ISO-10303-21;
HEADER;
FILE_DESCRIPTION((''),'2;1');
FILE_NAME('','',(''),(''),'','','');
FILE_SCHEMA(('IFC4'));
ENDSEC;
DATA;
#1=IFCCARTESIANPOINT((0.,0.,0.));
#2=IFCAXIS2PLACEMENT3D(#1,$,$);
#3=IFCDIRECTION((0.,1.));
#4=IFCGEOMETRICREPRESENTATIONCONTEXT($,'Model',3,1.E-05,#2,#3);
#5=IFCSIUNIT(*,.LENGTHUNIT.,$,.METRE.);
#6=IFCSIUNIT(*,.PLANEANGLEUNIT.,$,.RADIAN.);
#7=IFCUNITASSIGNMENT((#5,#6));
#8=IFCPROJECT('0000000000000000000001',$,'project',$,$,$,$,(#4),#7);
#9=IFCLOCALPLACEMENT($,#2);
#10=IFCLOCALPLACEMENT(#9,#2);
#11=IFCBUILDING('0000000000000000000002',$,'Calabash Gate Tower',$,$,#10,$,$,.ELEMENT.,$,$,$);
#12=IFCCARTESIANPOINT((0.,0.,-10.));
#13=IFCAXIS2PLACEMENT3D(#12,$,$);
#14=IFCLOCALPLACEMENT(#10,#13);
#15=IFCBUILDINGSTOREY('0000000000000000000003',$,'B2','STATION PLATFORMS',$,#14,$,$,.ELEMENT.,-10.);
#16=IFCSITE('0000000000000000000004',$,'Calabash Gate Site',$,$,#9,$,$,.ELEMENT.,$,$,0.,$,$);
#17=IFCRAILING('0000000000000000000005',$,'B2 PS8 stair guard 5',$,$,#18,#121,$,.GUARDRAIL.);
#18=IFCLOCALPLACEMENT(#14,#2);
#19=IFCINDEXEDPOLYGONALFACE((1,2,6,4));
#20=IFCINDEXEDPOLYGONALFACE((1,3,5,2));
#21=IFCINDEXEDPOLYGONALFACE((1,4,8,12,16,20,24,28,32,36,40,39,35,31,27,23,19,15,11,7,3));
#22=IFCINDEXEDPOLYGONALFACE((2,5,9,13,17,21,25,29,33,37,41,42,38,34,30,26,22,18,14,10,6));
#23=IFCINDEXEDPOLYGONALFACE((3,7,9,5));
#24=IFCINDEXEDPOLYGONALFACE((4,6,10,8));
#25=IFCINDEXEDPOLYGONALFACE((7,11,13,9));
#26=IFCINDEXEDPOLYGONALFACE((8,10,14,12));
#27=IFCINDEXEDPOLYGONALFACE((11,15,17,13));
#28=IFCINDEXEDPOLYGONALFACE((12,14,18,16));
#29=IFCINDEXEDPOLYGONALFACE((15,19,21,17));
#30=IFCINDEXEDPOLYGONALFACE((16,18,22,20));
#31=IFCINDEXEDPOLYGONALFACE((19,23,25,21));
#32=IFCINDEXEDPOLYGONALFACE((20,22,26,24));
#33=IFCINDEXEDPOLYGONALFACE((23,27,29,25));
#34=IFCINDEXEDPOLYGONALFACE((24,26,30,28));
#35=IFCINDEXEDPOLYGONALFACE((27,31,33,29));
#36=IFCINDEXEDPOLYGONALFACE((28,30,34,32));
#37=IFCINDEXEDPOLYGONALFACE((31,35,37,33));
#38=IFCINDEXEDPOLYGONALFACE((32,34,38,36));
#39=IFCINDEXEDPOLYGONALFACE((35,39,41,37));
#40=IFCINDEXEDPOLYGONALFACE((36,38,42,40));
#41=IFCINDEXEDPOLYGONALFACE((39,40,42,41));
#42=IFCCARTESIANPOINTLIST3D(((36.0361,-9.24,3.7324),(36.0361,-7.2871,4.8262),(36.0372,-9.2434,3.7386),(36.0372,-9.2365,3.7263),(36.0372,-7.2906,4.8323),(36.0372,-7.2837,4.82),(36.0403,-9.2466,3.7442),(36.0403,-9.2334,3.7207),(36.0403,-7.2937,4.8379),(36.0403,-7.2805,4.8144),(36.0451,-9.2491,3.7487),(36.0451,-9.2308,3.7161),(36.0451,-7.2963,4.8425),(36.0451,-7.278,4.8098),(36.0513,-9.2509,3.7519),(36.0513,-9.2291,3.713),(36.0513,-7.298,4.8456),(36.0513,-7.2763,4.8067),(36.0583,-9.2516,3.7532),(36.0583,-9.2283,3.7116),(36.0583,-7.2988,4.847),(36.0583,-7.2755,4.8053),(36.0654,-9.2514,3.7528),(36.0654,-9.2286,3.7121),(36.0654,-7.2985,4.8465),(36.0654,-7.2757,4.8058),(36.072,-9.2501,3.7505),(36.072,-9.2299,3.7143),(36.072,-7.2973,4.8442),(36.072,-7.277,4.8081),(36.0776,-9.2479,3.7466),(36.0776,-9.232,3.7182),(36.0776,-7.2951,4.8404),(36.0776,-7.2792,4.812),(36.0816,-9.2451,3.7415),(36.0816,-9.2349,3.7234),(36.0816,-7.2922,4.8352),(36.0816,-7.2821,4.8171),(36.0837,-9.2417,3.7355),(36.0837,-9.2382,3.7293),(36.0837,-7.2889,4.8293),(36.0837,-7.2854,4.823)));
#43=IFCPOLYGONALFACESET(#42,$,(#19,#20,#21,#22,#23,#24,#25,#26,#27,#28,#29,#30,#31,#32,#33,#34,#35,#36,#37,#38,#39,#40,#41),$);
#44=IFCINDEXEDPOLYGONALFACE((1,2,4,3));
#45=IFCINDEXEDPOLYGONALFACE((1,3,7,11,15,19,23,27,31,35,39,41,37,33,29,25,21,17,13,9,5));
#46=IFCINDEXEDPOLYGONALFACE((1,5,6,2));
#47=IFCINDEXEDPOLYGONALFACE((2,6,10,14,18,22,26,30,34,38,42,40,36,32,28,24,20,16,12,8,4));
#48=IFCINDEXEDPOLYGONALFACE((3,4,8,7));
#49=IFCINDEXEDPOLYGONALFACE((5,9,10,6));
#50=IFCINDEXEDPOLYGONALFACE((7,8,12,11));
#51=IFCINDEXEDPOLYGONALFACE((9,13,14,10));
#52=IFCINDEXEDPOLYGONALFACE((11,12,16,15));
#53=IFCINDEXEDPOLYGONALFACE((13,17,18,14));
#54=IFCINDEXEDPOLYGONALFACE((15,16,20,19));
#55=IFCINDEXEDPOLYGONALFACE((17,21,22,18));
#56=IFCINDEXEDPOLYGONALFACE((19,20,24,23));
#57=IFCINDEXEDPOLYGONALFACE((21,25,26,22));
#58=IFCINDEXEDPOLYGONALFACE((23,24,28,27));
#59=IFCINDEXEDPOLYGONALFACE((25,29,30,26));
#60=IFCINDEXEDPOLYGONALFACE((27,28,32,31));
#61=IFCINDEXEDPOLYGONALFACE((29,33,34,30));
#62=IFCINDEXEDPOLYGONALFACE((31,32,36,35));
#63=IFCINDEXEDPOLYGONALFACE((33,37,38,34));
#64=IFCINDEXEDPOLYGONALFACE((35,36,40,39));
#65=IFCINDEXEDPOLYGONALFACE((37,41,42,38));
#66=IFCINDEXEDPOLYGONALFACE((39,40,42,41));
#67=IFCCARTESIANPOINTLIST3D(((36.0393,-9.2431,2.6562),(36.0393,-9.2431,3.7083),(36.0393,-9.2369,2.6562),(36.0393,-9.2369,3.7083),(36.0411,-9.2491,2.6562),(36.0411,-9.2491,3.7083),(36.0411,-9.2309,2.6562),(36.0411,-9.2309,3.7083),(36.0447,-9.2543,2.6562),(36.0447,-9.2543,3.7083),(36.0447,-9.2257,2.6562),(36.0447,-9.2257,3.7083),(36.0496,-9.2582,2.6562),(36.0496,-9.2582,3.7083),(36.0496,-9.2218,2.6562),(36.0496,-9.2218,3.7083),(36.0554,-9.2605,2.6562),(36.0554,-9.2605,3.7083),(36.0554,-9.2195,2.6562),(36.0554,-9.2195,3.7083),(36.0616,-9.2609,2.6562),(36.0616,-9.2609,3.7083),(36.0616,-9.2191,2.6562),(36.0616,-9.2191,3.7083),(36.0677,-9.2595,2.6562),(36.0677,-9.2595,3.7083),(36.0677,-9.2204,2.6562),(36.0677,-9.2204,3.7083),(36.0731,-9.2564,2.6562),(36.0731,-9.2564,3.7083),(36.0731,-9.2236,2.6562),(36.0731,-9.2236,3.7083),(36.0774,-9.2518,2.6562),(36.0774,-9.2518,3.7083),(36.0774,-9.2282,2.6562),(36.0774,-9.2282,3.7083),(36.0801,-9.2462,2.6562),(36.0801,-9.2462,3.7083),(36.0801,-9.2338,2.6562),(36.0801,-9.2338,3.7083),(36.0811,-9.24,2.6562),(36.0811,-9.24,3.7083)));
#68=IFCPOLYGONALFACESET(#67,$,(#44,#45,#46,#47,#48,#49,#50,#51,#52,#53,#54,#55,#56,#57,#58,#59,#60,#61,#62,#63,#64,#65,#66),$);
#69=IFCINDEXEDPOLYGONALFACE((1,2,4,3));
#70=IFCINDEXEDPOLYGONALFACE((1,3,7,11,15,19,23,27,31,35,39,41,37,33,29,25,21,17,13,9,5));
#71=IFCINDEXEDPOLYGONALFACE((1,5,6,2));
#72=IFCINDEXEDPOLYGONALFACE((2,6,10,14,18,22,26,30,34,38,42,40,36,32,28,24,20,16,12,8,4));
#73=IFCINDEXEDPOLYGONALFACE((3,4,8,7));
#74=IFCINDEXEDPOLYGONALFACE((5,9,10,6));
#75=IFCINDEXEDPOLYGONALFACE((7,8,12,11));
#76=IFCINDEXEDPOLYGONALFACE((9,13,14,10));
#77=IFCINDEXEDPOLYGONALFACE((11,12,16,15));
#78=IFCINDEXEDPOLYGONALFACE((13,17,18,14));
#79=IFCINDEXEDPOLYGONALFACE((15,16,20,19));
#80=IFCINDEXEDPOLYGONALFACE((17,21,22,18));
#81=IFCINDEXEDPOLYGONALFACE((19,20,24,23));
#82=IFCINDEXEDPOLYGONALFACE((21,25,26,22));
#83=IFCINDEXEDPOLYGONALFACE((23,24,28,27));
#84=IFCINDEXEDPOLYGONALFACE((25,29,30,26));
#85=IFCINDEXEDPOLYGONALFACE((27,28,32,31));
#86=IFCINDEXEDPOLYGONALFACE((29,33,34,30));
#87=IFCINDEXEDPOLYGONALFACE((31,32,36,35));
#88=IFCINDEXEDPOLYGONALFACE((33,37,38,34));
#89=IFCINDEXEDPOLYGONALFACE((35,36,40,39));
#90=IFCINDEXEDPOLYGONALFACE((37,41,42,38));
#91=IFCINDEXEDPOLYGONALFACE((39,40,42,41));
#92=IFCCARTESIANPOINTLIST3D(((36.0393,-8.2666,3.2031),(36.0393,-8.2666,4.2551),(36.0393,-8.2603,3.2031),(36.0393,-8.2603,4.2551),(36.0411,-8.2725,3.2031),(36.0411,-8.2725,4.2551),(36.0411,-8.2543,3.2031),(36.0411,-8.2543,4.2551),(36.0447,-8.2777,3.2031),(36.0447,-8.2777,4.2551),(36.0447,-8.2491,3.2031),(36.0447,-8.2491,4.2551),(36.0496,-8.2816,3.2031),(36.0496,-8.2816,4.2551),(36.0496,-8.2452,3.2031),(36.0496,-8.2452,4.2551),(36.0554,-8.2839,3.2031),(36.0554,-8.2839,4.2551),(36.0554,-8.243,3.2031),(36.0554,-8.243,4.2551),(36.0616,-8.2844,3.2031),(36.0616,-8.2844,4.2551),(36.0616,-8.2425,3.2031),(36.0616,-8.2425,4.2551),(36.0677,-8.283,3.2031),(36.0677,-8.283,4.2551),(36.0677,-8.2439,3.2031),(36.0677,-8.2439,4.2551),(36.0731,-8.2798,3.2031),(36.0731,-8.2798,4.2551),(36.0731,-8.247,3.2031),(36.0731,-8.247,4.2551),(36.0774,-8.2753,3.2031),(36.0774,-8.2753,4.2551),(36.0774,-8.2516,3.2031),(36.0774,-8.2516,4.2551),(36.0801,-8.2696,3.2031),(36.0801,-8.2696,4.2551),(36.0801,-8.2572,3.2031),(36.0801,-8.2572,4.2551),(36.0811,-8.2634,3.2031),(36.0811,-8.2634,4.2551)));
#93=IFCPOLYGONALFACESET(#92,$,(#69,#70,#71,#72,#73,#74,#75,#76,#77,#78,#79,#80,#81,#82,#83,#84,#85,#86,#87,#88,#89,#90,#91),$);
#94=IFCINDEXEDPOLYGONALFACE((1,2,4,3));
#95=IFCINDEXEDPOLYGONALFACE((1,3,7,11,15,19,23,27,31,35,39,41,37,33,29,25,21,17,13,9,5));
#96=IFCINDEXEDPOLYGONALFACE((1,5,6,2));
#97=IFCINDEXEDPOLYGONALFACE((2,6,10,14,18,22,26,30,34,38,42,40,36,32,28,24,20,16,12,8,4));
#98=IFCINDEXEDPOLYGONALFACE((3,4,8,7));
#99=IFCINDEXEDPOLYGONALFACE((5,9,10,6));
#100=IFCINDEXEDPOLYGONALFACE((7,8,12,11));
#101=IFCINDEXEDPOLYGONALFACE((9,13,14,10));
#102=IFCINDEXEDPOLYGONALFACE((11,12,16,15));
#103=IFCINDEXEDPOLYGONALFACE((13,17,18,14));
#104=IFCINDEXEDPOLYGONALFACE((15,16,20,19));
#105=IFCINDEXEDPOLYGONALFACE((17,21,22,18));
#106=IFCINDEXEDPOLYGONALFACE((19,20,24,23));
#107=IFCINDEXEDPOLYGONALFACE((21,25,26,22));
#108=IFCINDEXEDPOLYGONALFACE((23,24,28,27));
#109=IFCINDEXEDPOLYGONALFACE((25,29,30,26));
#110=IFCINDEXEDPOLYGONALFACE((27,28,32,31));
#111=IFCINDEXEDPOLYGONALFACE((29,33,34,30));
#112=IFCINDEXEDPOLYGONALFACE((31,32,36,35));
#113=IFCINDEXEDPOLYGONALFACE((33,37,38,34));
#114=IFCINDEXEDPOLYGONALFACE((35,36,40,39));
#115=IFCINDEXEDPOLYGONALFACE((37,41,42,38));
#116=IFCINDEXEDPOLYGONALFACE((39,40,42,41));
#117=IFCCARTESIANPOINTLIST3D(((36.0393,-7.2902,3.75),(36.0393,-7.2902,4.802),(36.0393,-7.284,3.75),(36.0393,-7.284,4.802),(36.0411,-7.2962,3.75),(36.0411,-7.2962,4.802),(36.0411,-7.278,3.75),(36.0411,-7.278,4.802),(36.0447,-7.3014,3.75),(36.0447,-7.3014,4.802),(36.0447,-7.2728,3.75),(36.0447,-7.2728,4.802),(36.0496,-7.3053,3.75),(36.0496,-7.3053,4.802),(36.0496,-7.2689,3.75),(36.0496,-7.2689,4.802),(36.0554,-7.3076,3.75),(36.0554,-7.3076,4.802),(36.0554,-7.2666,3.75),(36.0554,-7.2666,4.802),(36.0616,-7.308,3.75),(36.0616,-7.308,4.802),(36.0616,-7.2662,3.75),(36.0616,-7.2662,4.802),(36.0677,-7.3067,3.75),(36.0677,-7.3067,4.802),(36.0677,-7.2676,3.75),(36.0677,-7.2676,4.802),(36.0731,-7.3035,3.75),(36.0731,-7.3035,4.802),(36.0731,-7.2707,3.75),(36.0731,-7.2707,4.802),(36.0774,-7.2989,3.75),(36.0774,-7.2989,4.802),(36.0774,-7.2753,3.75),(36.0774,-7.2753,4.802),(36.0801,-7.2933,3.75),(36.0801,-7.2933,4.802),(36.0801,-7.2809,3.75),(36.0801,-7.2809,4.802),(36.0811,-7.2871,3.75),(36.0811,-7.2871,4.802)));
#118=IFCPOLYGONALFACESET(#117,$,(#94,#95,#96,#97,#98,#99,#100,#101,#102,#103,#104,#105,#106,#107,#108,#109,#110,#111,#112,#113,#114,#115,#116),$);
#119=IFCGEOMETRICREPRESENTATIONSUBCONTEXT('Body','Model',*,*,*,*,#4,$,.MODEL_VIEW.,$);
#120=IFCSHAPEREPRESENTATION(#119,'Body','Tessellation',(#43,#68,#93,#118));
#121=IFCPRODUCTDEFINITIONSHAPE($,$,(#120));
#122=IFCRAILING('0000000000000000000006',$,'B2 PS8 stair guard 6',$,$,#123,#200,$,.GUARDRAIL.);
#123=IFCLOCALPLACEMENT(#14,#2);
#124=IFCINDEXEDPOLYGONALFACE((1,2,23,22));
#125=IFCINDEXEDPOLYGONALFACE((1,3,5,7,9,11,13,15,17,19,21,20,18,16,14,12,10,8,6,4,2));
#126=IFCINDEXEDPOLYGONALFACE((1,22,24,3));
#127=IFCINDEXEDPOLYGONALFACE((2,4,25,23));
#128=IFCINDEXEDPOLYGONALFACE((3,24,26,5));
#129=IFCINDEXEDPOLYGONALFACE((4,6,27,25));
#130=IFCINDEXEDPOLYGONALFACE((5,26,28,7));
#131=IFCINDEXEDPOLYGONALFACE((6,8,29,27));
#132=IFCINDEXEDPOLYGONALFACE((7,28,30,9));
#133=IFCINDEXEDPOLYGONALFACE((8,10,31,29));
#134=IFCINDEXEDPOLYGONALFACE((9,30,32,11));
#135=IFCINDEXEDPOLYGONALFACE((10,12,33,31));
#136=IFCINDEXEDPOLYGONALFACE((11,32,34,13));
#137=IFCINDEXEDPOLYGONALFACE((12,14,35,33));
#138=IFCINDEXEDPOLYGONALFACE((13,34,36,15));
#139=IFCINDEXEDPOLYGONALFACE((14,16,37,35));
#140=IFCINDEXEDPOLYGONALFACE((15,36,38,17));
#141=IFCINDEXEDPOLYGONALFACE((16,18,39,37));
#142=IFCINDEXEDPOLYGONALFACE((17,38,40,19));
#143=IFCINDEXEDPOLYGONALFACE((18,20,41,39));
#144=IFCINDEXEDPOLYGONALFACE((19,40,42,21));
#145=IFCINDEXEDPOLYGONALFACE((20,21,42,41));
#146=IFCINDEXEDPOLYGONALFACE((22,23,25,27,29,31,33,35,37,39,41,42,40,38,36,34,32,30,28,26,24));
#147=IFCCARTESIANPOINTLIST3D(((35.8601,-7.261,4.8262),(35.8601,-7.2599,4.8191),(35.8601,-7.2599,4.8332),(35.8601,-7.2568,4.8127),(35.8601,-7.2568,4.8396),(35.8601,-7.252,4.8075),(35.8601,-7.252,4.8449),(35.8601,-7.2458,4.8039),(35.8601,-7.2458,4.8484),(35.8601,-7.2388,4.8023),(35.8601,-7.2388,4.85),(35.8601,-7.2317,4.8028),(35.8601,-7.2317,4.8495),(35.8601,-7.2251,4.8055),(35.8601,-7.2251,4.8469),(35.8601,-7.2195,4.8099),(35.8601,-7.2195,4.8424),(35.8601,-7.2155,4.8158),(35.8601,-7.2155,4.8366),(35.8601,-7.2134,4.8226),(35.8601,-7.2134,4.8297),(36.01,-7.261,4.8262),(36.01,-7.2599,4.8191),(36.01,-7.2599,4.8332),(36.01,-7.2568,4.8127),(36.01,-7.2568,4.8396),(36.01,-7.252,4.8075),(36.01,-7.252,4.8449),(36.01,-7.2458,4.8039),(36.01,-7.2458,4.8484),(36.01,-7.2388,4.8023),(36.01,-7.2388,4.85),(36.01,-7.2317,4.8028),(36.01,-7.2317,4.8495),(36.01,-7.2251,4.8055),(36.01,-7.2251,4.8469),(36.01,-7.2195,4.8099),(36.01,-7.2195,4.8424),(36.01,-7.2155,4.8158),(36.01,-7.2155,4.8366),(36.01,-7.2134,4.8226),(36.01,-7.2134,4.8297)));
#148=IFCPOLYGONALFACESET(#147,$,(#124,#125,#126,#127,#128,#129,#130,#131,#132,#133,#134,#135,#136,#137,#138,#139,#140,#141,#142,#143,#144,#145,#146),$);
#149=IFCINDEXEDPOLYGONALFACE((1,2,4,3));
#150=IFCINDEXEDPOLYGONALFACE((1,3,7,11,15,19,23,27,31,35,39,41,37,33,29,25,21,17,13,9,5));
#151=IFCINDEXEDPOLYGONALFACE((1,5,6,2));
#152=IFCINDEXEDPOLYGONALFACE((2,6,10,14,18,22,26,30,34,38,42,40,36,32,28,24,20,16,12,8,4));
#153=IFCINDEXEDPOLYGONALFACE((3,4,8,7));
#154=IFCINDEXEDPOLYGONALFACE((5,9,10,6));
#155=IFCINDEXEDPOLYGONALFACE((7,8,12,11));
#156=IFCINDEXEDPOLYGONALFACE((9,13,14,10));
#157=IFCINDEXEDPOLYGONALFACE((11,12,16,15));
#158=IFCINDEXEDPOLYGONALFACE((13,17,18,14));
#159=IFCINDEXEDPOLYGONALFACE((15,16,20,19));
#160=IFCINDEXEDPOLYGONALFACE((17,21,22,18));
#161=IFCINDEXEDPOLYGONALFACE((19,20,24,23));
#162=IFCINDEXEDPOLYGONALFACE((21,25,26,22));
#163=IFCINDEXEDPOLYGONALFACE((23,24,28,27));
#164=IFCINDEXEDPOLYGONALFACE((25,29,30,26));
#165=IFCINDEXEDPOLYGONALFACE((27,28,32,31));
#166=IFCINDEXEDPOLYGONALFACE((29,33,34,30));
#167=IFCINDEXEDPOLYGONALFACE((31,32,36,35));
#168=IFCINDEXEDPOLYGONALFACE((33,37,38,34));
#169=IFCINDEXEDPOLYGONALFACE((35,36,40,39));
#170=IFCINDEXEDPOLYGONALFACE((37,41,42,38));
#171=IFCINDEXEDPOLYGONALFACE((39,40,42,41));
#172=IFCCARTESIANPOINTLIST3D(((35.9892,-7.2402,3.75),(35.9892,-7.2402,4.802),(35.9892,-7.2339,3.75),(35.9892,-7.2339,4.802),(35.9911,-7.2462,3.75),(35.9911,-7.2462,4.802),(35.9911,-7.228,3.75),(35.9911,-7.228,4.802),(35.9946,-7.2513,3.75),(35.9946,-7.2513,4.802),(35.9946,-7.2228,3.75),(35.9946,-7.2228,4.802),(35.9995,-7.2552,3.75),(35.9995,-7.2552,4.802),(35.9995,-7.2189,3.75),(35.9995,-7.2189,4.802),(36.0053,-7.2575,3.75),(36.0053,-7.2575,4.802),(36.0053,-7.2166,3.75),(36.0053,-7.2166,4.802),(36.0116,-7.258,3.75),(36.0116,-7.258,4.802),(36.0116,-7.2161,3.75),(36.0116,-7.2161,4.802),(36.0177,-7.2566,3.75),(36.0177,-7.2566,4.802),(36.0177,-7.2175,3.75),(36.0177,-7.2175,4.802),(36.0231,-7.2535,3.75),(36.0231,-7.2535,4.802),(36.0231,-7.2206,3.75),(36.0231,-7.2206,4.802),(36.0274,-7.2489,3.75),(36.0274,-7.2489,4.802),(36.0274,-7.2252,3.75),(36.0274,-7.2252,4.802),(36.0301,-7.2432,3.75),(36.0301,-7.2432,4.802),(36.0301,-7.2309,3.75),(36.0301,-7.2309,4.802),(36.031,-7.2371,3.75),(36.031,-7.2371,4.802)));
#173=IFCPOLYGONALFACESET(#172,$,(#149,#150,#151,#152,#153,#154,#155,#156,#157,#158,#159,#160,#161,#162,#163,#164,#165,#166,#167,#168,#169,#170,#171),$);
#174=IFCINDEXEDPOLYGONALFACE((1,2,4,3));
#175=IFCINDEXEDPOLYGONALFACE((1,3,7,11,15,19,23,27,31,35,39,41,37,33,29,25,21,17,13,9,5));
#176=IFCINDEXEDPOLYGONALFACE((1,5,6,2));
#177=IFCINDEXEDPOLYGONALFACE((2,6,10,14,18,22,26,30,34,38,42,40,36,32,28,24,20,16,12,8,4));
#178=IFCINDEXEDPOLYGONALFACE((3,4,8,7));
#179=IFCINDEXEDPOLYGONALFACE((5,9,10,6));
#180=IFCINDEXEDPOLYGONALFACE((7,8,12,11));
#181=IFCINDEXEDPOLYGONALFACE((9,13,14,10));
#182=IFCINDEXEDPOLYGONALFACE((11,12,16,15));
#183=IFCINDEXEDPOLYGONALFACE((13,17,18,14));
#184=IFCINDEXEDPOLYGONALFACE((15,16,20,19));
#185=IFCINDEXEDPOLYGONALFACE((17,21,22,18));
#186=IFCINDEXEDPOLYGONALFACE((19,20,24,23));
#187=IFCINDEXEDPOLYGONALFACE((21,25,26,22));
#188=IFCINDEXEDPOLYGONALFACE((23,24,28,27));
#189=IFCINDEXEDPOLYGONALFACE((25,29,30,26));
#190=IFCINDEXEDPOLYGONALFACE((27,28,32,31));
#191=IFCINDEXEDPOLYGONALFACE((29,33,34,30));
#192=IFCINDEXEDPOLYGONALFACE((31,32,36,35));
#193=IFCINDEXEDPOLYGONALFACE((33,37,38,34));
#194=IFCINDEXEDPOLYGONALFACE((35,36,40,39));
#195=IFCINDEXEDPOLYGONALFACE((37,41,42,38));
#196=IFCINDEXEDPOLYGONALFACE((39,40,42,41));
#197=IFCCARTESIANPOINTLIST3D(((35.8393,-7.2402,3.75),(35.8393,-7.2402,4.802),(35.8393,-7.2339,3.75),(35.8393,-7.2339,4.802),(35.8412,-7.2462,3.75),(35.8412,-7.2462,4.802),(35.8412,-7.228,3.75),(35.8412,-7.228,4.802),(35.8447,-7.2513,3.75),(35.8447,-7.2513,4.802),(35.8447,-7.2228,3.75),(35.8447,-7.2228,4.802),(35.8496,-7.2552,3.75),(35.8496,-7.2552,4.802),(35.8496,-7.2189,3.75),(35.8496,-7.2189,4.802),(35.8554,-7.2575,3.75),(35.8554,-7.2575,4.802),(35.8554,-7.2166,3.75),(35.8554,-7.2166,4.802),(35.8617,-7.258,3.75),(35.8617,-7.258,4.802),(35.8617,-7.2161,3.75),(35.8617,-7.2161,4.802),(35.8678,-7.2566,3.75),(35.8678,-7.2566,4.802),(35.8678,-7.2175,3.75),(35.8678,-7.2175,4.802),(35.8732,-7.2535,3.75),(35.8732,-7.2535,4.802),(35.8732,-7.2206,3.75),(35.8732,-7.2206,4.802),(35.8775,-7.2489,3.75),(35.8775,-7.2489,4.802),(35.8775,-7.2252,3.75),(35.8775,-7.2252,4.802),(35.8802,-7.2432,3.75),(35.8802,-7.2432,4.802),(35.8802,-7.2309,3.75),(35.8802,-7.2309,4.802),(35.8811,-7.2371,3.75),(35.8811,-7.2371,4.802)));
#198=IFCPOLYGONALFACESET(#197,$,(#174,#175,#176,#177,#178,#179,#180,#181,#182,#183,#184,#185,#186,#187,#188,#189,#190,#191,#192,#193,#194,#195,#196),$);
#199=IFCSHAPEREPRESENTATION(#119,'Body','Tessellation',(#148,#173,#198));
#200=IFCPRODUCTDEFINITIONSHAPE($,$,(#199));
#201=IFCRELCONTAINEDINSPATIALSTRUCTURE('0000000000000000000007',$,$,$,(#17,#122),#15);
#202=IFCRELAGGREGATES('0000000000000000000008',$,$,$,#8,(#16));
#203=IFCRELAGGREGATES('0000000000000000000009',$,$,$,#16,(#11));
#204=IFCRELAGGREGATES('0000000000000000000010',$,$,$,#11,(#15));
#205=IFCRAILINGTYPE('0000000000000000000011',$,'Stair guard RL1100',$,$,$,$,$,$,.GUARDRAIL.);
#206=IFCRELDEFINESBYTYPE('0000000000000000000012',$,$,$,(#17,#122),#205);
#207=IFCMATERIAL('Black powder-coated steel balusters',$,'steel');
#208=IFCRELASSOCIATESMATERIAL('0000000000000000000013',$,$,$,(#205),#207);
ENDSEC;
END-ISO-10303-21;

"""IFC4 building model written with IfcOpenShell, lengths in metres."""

from ifc_helpers import new_model, si_unit, direction, frame, origin, origin_2d, place, context, subcontext, project, spatial, circle, extrude, material, type_object, element, save


model = new_model("IFC4")

# Units and contexts
model_context = context("Model", 3, precision=1e-05, world=origin(), true_north=direction((0.0, 1.0)))
body_context = subcontext(model_context, "Body", "Model", "MODEL_VIEW")
ifc_project = project(units=[si_unit("LENGTHUNIT", "METRE"), si_unit("PLANEANGLEUNIT", "RADIAN")], contexts=[model_context])

# Site, building, storey
site_placement = place(None, origin())
site = spatial("IfcSite", under=ifc_project, at=site_placement, Name="Calabash Gate Site", CompositionType="ELEMENT", RefElevation=0.0)
building_placement = place(site_placement, origin())
building = spatial("IfcBuilding", under=site, at=building_placement, Name="Calabash Gate Tower", CompositionType="ELEMENT")
storey_placement = place(building_placement, frame((0.0, 0.0, -10.0)))
storey = spatial("IfcBuildingStorey", under=building, at=storey_placement, Name="B2", Description="STATION PLATFORMS", CompositionType="ELEMENT", Elevation=-10.0)

# Railings
ifc_material_1 = material(Name="Black powder-coated steel balusters", Category="steel")
railing_type_1 = type_object("IfcRailingType", Name="Stair guard RL1100", PredefinedType="GUARDRAIL", material=ifc_material_1)
railing_1_placement = place(storey_placement, frame((36.0601, -9.24, 2.6562)))
element("IfcRailing", 1, at=railing_1_placement, inside=storey, type_object=railing_type_1, Name="B2 PS8 stair guard 5", PredefinedType="GUARDRAIL", context=body_context, shape_type="SweptSolid", body=[
    extrude(circle(Radius=0.0239, at=origin_2d()), frame((0.0, 0.0, 1.0762), z_axis=(0.0, 0.87248, 0.48865), x_axis=(-1.0, 0.0, 0.0)), (0.0, 0.0, 1.0), 2.2383),
    extrude(circle(Radius=0.021, at=origin_2d()), origin(), (0.0, 0.0, 1.0), 1.052),
    extrude(circle(Radius=0.021, at=origin_2d()), frame((0.0, 0.9766, 0.5469)), (0.0, 0.0, 1.0), 1.052),
    extrude(circle(Radius=0.021, at=origin_2d()), frame((0.0, 1.9529, 1.0938)), (0.0, 0.0, 1.0), 1.052),
])
railing_2_placement = place(storey_placement, frame((36.01, -7.2371, 3.75)))
element("IfcRailing", 2, at=railing_2_placement, inside=storey, type_object=railing_type_1, Name="B2 PS8 stair guard 6", PredefinedType="GUARDRAIL", context=body_context, shape_type="SweptSolid", body=[
    extrude(circle(Radius=0.0239, at=origin_2d()), frame((0.0, 0.0, 1.0762), z_axis=(-1.0, 0.0, 0.0), x_axis=(0.0, -1.0, 0.0)), (0.0, 0.0, 1.0), 0.1499),
    extrude(circle(Radius=0.021, at=origin_2d()), origin(), (0.0, 0.0, 1.0), 1.052),
    extrude(circle(Radius=0.021, at=origin_2d()), frame((-0.1499, 0.0, 0.0)), (0.0, 0.0, 1.0), 1.052),
])

save(model, "model.ifc")
